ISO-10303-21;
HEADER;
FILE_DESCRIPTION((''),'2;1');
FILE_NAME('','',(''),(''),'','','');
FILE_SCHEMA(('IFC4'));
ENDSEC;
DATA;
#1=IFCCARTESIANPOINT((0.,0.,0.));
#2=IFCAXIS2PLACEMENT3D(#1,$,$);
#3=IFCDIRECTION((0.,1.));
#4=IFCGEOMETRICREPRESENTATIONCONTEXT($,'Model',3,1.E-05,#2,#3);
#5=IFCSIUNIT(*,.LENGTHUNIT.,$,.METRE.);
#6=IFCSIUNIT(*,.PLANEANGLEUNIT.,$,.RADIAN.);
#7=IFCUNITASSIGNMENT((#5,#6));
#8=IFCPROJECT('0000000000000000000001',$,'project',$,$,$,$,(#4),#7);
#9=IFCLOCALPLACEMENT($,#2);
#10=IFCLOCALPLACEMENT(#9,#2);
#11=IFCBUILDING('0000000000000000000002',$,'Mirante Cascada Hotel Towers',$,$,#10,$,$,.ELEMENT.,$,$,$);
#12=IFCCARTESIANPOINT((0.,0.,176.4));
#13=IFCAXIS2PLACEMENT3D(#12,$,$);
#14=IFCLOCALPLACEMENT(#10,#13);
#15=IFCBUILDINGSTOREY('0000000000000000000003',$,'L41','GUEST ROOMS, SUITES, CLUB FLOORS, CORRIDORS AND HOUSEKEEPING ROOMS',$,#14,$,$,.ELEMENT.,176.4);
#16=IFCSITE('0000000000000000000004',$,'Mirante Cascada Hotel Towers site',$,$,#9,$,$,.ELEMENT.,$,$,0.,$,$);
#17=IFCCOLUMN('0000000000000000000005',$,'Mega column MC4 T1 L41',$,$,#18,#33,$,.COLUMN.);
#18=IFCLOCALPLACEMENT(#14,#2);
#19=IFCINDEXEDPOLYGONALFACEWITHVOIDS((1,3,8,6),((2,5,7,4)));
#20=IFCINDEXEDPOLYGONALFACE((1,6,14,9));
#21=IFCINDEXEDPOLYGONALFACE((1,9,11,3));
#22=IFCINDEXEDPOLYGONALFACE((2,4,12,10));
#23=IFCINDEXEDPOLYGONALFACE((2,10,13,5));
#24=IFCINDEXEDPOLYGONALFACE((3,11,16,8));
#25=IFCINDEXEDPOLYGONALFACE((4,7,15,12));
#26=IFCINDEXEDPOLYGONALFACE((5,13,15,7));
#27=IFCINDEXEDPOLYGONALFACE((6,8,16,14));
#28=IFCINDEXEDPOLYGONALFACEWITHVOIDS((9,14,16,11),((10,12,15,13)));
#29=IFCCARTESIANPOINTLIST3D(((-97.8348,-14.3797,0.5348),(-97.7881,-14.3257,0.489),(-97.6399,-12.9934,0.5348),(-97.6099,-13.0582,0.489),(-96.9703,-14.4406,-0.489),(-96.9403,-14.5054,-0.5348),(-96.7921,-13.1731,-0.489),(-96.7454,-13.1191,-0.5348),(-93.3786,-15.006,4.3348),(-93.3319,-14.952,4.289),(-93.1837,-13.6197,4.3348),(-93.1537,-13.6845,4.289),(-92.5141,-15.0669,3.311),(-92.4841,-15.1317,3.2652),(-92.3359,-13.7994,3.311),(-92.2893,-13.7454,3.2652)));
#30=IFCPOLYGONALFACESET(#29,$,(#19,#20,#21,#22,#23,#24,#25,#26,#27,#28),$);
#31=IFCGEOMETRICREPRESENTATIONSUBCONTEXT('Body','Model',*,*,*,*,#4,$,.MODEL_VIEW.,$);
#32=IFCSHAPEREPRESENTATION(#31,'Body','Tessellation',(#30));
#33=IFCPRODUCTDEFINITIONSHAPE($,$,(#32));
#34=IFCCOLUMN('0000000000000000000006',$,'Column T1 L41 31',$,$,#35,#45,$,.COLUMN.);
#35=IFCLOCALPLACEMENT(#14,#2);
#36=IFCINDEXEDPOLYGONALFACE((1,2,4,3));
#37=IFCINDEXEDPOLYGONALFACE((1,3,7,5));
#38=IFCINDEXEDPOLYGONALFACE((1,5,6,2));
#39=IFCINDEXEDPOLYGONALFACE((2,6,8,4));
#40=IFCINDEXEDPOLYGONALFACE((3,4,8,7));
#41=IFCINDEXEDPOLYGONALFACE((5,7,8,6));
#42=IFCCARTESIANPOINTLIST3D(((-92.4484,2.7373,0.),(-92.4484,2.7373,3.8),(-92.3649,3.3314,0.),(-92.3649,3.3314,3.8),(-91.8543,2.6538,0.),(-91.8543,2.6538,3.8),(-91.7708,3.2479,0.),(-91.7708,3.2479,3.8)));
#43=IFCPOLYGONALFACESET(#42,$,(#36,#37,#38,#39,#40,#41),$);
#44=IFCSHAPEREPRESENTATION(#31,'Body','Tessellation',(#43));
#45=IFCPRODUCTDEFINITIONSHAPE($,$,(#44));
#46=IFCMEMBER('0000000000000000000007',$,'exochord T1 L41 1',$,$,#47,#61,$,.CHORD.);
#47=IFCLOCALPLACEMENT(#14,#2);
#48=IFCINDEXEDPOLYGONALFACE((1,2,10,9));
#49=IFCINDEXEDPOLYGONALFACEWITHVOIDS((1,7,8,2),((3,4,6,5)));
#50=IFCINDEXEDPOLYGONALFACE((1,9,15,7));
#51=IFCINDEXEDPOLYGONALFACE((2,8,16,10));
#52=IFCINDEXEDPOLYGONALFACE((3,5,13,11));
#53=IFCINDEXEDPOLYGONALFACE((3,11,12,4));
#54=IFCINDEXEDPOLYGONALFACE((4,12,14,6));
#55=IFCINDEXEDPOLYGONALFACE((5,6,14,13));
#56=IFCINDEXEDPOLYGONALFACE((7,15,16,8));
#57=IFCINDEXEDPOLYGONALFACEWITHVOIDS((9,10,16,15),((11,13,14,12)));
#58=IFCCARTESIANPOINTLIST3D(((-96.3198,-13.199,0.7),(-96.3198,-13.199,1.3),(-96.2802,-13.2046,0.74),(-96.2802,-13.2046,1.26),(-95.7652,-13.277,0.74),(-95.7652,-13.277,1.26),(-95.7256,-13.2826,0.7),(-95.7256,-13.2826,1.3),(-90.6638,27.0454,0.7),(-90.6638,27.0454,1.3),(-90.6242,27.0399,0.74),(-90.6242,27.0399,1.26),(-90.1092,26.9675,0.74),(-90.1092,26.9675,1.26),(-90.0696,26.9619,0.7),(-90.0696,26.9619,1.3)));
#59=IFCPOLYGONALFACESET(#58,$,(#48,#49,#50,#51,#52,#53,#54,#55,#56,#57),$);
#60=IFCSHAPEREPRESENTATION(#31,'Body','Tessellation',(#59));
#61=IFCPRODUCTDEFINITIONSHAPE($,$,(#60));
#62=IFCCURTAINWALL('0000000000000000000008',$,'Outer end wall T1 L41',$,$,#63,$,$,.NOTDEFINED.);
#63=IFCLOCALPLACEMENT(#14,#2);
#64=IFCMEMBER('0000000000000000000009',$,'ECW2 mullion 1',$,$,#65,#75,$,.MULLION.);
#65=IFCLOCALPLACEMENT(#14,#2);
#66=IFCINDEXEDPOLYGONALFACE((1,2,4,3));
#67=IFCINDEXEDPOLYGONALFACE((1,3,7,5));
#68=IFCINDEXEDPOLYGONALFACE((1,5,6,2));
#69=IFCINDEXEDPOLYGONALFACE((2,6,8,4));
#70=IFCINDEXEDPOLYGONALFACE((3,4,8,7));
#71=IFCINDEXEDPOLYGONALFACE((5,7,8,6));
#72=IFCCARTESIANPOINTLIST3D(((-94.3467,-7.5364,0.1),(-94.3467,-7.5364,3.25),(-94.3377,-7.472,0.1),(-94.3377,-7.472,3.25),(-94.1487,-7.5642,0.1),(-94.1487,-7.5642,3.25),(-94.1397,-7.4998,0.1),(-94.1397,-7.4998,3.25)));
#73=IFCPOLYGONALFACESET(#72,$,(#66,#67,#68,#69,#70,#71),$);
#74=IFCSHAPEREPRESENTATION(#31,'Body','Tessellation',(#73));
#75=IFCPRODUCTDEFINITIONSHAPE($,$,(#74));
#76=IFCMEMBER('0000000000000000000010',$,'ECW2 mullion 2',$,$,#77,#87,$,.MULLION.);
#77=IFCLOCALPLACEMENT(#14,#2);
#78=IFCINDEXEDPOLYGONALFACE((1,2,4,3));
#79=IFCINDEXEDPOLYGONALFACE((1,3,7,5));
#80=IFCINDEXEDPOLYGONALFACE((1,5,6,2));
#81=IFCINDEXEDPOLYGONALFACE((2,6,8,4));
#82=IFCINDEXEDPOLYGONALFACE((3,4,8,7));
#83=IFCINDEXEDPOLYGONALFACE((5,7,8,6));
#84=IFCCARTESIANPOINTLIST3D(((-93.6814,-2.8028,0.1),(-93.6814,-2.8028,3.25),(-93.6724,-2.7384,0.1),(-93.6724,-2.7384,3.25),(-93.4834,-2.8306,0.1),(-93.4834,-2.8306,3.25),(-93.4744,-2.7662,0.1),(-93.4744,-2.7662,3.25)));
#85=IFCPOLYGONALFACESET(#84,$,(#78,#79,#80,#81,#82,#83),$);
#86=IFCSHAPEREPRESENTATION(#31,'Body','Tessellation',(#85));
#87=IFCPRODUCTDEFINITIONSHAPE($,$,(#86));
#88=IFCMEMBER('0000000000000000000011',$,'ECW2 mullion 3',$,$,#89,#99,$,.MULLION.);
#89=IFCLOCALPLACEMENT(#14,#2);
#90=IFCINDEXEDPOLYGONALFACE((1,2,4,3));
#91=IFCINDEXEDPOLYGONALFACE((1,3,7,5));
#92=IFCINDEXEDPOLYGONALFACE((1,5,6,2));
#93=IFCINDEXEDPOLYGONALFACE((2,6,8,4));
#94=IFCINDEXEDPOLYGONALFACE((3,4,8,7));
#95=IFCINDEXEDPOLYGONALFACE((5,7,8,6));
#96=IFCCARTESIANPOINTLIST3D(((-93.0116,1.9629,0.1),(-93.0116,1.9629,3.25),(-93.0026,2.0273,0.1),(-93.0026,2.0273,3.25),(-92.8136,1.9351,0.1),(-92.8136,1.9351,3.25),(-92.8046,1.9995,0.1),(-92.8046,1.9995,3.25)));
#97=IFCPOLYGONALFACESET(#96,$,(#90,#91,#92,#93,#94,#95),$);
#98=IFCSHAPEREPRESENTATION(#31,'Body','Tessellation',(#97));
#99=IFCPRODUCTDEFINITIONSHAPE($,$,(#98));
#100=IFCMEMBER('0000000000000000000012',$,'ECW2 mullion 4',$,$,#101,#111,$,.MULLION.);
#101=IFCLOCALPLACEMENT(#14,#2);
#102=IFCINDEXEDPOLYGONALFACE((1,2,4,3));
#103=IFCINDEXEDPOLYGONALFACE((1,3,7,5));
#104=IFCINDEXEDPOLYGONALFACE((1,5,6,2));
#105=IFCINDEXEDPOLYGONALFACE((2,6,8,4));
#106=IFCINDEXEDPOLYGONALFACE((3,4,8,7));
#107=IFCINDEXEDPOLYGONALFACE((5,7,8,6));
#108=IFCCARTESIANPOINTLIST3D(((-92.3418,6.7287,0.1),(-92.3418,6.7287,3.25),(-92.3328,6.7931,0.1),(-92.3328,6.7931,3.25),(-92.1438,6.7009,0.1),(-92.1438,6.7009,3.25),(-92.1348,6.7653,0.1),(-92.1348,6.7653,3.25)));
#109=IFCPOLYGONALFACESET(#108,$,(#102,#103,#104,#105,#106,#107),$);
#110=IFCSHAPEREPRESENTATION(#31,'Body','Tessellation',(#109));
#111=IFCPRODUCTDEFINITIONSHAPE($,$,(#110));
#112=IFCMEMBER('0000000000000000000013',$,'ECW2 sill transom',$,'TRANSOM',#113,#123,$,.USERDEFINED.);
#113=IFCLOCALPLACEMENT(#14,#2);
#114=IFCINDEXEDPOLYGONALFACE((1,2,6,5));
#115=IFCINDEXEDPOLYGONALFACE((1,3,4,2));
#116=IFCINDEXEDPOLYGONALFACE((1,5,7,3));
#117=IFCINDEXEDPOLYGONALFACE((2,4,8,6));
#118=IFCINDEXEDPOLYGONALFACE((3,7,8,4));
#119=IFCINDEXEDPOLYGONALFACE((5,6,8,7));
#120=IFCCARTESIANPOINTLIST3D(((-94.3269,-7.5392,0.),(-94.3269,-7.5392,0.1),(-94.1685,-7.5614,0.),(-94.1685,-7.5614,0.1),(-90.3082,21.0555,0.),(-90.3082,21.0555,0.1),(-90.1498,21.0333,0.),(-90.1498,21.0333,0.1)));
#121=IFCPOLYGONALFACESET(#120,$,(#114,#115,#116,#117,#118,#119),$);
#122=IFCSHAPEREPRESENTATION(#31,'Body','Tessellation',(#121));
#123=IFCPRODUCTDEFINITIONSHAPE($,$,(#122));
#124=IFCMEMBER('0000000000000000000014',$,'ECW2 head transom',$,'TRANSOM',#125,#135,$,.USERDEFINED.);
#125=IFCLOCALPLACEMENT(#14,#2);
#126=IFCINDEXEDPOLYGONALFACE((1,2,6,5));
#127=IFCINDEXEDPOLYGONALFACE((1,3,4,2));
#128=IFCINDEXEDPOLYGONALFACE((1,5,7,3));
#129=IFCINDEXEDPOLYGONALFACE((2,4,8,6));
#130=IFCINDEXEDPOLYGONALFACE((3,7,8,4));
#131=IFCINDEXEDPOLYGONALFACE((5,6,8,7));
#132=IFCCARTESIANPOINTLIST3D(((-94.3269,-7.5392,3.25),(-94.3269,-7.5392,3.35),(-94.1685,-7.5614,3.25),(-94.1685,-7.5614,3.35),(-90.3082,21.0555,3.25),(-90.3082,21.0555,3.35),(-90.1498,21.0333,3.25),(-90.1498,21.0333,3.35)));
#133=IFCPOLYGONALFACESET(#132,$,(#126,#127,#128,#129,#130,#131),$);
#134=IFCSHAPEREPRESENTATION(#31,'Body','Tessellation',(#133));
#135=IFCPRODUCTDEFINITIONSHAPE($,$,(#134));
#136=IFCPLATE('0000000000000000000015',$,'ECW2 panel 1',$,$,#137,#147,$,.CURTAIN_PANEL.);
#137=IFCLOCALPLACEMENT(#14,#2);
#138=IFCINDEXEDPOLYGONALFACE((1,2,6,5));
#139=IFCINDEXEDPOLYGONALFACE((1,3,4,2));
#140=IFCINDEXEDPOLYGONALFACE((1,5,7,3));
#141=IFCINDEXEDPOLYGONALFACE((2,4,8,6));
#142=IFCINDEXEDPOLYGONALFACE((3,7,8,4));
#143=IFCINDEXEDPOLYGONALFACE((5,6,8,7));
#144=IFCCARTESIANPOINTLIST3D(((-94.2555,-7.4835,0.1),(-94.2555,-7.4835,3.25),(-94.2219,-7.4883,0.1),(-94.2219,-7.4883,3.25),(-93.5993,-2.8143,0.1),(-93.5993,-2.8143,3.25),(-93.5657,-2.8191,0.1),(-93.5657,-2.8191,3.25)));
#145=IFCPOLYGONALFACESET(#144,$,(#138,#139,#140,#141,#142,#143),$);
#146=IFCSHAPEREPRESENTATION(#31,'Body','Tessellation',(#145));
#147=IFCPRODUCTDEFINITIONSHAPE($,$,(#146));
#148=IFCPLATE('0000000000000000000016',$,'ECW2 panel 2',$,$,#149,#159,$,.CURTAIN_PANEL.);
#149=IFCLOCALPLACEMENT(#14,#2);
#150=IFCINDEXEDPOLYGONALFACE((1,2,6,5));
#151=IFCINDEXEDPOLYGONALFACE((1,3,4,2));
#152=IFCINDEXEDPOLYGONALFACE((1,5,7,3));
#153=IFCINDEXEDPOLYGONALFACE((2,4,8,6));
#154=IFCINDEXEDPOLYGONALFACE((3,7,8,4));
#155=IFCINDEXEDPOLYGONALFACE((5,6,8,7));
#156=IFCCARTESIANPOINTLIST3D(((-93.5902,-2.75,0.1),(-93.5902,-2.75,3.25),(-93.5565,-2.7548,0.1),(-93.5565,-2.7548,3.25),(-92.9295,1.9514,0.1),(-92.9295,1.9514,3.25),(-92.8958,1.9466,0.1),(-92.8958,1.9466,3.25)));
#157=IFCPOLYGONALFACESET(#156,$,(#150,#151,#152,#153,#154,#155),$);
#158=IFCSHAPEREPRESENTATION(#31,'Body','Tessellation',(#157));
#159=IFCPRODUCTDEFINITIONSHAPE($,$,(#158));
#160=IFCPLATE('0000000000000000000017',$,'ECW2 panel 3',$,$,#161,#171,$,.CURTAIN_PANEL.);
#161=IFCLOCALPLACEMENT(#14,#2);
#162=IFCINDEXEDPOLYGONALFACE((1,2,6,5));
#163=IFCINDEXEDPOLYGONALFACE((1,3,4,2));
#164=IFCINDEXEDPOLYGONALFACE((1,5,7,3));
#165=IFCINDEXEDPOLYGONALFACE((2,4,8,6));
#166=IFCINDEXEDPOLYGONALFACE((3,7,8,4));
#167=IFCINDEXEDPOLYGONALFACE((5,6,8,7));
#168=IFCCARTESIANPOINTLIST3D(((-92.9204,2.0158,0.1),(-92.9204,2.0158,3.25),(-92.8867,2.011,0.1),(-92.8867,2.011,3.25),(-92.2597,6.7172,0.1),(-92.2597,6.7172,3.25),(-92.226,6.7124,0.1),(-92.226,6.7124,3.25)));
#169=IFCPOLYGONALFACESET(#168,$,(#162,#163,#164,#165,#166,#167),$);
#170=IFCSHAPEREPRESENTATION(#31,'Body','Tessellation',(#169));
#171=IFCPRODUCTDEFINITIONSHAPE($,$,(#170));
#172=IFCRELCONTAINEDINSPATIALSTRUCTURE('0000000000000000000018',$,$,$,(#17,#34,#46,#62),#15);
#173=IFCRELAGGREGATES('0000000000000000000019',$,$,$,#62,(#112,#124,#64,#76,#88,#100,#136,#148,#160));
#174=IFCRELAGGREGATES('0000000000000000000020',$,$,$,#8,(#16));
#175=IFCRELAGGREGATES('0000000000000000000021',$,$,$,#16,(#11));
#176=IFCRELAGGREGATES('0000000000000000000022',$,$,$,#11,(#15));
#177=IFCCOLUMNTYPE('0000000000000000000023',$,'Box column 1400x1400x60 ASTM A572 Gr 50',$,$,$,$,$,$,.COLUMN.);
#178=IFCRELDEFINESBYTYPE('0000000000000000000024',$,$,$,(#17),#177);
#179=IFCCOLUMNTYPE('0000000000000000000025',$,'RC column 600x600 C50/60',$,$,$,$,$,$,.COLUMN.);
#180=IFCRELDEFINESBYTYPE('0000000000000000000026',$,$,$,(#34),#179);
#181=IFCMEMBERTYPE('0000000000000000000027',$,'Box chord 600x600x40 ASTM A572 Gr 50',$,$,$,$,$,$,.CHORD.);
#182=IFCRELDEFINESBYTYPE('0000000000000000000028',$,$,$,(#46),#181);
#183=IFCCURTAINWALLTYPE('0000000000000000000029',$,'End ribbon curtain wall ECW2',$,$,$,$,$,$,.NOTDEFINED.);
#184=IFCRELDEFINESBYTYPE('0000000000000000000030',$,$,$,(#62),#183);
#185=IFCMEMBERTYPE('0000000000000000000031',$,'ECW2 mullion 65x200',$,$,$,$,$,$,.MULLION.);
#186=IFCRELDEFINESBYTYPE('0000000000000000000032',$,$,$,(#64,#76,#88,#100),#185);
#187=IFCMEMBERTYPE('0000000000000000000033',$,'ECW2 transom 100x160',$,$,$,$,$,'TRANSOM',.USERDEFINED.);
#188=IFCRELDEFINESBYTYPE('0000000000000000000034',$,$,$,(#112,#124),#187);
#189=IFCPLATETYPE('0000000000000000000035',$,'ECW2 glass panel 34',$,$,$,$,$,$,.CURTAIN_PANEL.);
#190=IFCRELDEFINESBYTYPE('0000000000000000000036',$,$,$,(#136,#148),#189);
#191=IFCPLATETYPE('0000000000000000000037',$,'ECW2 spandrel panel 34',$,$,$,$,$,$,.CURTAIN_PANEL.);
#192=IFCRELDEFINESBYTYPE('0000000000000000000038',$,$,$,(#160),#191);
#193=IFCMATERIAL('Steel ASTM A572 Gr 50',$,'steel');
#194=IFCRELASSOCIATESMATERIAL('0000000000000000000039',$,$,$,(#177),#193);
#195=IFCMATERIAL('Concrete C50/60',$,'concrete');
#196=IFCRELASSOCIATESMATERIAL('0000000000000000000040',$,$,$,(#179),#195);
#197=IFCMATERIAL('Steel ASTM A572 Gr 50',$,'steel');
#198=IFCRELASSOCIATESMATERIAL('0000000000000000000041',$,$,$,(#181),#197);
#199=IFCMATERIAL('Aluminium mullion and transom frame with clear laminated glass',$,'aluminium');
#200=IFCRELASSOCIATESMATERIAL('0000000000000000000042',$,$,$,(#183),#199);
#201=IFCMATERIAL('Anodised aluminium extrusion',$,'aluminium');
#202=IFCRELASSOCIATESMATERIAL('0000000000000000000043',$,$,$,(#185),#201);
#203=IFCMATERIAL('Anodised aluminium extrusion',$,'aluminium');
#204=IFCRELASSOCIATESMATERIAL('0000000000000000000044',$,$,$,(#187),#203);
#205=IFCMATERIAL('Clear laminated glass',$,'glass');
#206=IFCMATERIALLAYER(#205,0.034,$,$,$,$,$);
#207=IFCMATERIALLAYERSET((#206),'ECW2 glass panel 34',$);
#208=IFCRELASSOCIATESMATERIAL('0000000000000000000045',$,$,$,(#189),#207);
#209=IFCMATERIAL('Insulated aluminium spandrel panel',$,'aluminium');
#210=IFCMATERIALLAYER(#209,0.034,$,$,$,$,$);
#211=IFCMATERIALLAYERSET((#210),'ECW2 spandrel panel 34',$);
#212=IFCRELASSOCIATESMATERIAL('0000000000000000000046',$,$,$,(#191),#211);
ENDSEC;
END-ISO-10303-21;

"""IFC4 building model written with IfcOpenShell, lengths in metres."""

from ifc_helpers import new_model, si_unit, direction, frame, origin, origin_2d, place, context, subcontext, project, spatial, rectangle, hollow_rectangle, extrude, material, layer, layer_set, material_profile, profile_set, type_object, element, aggregate, save


model = new_model("IFC4")

# Units and contexts
model_context = context("Model", 3, precision=1e-05, world=origin(), true_north=direction((0.0, 1.0)))
body_context = subcontext(model_context, "Body", "Model", "MODEL_VIEW")
ifc_project = project(units=[si_unit("LENGTHUNIT", "METRE"), si_unit("PLANEANGLEUNIT", "RADIAN")], contexts=[model_context])

# Site, building, storey
site_placement = place(None, origin())
site = spatial("IfcSite", under=ifc_project, at=site_placement, Name="Mirante Cascada Hotel Towers site", CompositionType="ELEMENT", RefElevation=0.0)
building_placement = place(site_placement, origin())
building = spatial("IfcBuilding", under=site, at=building_placement, Name="Mirante Cascada Hotel Towers", CompositionType="ELEMENT")
storey_placement = place(building_placement, frame((0.0, 0.0, 176.4)))
storey = spatial("IfcBuildingStorey", under=building, at=storey_placement, Name="L41", Description="GUEST ROOMS, SUITES, CLUB FLOORS, CORRIDORS AND HOUSEKEEPING ROOMS", CompositionType="ELEMENT", Elevation=176.4)

# Columns
ifc_material_1 = material(Name="Steel ASTM A572 Gr 50", Category="steel")
ifc_material_profile_1 = material_profile(ifc_material_1, hollow_rectangle(XDim=1.4, YDim=1.4, WallThickness=0.06, at=origin_2d()), Name="Box column 1400x1400x60 ASTM A572 Gr 50")
ifc_profile_set_1 = profile_set([ifc_material_profile_1], Name="Steel ASTM A572 Gr 50")
column_type_1 = type_object("IfcColumnType", Name="Box column 1400x1400x60 ASTM A572 Gr 50", PredefinedType="COLUMN", material=ifc_profile_set_1)
column_1_placement = place(storey_placement, frame((-97.2901, -13.7494, 0.0), z_axis=(0.756594, -0.106336, 0.645181), x_axis=(0.139178, 0.990267, 0.0)))
element("IfcColumn", 1, at=column_1_placement, inside=storey, type_object=column_type_1, Name="Mega column MC4 T1 L41", PredefinedType="COLUMN", context=body_context, shape_type="SweptSolid", body=[
    extrude(hollow_rectangle(XDim=1.4, YDim=1.4, WallThickness=0.06, at=origin_2d()), origin(), (0.0, 0.0, 1.0), 5.8898),
])
ifc_material_2 = material(Name="Concrete C50/60", Category="concrete")
ifc_material_profile_2 = material_profile(ifc_material_2, rectangle(XDim=0.6, YDim=0.6, at=origin_2d()), Name="RC column 600x600 C50/60")
ifc_profile_set_2 = profile_set([ifc_material_profile_2], Name="Concrete C50/60")
column_type_2 = type_object("IfcColumnType", Name="RC column 600x600 C50/60", PredefinedType="COLUMN", material=ifc_profile_set_2)
column_2_placement = place(storey_placement, frame((-92.1096, 2.9926, 0.0), z_axis=(0.0, 0.0, 1.0), x_axis=(-0.990268, 0.139173, 0.0)))
element("IfcColumn", 2, at=column_2_placement, inside=storey, type_object=column_type_2, Name="Column T1 L41 31", PredefinedType="COLUMN", context=body_context, shape_type="SweptSolid", body=[
    extrude(rectangle(XDim=0.6, YDim=0.6, at=origin_2d()), origin(), (0.0, 0.0, 1.0), 3.8),
])

# Member
ifc_material_3 = material(Name="Steel ASTM A572 Gr 50", Category="steel")
ifc_material_profile_3 = material_profile(ifc_material_3, hollow_rectangle(XDim=0.6, YDim=0.6, WallThickness=0.04, at=origin_2d()), Name="Box chord 600x600x40 ASTM A572 Gr 50")
ifc_profile_set_3 = profile_set([ifc_material_profile_3], Name="Steel ASTM A572 Gr 50")
member_type_1 = type_object("IfcMemberType", Name="Box chord 600x600x40 ASTM A572 Gr 50", PredefinedType="CHORD", material=ifc_profile_set_3)
member_1_placement = place(storey_placement, frame((-96.0227, -13.2408, 1.0), z_axis=(0.139173, 0.990268, 0.0), x_axis=(-0.990268, 0.139173, 0.0)))
element("IfcMember", 3, at=member_1_placement, inside=storey, type_object=member_type_1, Name="exochord T1 L41 1", PredefinedType="CHORD", context=body_context, shape_type="SweptSolid", body=[
    extrude(hollow_rectangle(XDim=0.6, YDim=0.6, WallThickness=0.04, at=origin_2d()), origin(), (0.0, 0.0, 1.0), 40.64),
])

# Curtain wall, members, plates
ifc_material_4 = material(Name="Aluminium mullion and transom frame with clear laminated glass", Category="aluminium")
curtain_wall_type = type_object("IfcCurtainWallType", Name="End ribbon curtain wall ECW2", PredefinedType="NOTDEFINED", material=ifc_material_4)
curtain_wall_placement = place(storey_placement, origin())
curtain_wall = element("IfcCurtainWall", 4, at=curtain_wall_placement, inside=storey, type_object=curtain_wall_type, Name="Outer end wall T1 L41", PredefinedType="NOTDEFINED")
ifc_material_5 = material(Name="Anodised aluminium extrusion", Category="aluminium")
ifc_material_profile_4 = material_profile(ifc_material_5, rectangle(XDim=0.2, YDim=0.065, at=origin_2d()), Name="ECW2 MULLION 65x200")
ifc_profile_set_4 = profile_set([ifc_material_profile_4], Name="Anodised aluminium extrusion")
member_type_2 = type_object("IfcMemberType", Name="ECW2 mullion 65x200", PredefinedType="MULLION", material=ifc_profile_set_4)
member_2_placement = place(storey_placement, frame((-94.2432, -7.5181, 0.1), z_axis=(0.0, 0.0, 1.0), x_axis=(-0.990268, 0.139173, 0.0)))
member_2 = element("IfcMember", 5, at=member_2_placement, type_object=member_type_2, Name="ECW2 mullion 1", PredefinedType="MULLION", context=body_context, shape_type="SweptSolid", body=[
    extrude(rectangle(XDim=0.2, YDim=0.065, at=origin_2d()), origin(), (0.0, 0.0, 1.0), 3.15),
])
member_3_placement = place(storey_placement, frame((-93.5779, -2.7845, 0.1), z_axis=(0.0, 0.0, 1.0), x_axis=(-0.990268, 0.139173, 0.0)))
member_3 = element("IfcMember", 6, at=member_3_placement, type_object=member_type_2, Name="ECW2 mullion 2", PredefinedType="MULLION", context=body_context, shape_type="SweptSolid", body=[
    extrude(rectangle(XDim=0.2, YDim=0.065, at=origin_2d()), origin(), (0.0, 0.0, 1.0), 3.15),
])
member_4_placement = place(storey_placement, frame((-92.9081, 1.9812, 0.1), z_axis=(0.0, 0.0, 1.0), x_axis=(-0.990268, 0.139173, 0.0)))
member_4 = element("IfcMember", 7, at=member_4_placement, type_object=member_type_2, Name="ECW2 mullion 3", PredefinedType="MULLION", context=body_context, shape_type="SweptSolid", body=[
    extrude(rectangle(XDim=0.2, YDim=0.065, at=origin_2d()), origin(), (0.0, 0.0, 1.0), 3.15),
])
member_5_placement = place(storey_placement, frame((-92.2383, 6.747, 0.1), z_axis=(0.0, 0.0, 1.0), x_axis=(-0.990268, 0.139173, 0.0)))
member_5 = element("IfcMember", 8, at=member_5_placement, type_object=member_type_2, Name="ECW2 mullion 4", PredefinedType="MULLION", context=body_context, shape_type="SweptSolid", body=[
    extrude(rectangle(XDim=0.2, YDim=0.065, at=origin_2d()), origin(), (0.0, 0.0, 1.0), 3.15),
])
ifc_material_6 = material(Name="Anodised aluminium extrusion", Category="aluminium")
ifc_material_profile_5 = material_profile(ifc_material_6, rectangle(XDim=0.16, YDim=0.1, at=origin_2d()), Name="ECW2 TRANSOM 100x160")
ifc_profile_set_5 = profile_set([ifc_material_profile_5], Name="Anodised aluminium extrusion")
member_type_3 = type_object("IfcMemberType", Name="ECW2 transom 100x160", ElementType="TRANSOM", PredefinedType="USERDEFINED", material=ifc_profile_set_5)
member_6_placement = place(storey_placement, frame((-94.2477, -7.5503, 0.05), z_axis=(0.139172, 0.990268, 0.0), x_axis=(-0.990268, 0.139172, 0.0)))
member_6 = element("IfcMember", 9, at=member_6_placement, type_object=member_type_3, Name="ECW2 sill transom", ObjectType="TRANSOM", PredefinedType="USERDEFINED", context=body_context, shape_type="SweptSolid", body=[
    extrude(rectangle(XDim=0.16, YDim=0.1, at=origin_2d()), origin(), (0.0, 0.0, 1.0), 28.8757),
])
member_7_placement = place(storey_placement, frame((-94.2477, -7.5503, 3.3), z_axis=(0.139172, 0.990268, 0.0), x_axis=(-0.990268, 0.139172, 0.0)))
member_7 = element("IfcMember", 10, at=member_7_placement, type_object=member_type_3, Name="ECW2 head transom", ObjectType="TRANSOM", PredefinedType="USERDEFINED", context=body_context, shape_type="SweptSolid", body=[
    extrude(rectangle(XDim=0.16, YDim=0.1, at=origin_2d()), origin(), (0.0, 0.0, 1.0), 28.8757),
])
ifc_material_7 = material(Name="Clear laminated glass", Category="glass")
ifc_layer_1 = layer(ifc_material_7, 0.034)
ifc_layer_set_1 = layer_set([ifc_layer_1], Name="ECW2 glass panel 34")
plate_type_1 = type_object("IfcPlateType", Name="ECW2 glass panel 34", PredefinedType="CURTAIN_PANEL", material=ifc_layer_set_1)
plate_1_placement = place(storey_placement, frame((-93.9106, -5.1513, 0.1), z_axis=(0.0, 0.0, 1.0), x_axis=(0.139173, 0.990268, 0.0)))
plate_1 = element("IfcPlate", 11, at=plate_1_placement, type_object=plate_type_1, Name="ECW2 panel 1", PredefinedType="CURTAIN_PANEL", context=body_context, shape_type="SweptSolid", body=[
    extrude(rectangle(XDim=4.7151, YDim=0.034, at=origin_2d()), origin(), (0.0, 0.0, 1.0), 3.15),
])
plate_2_placement = place(storey_placement, frame((-93.243, -0.4017, 0.1), z_axis=(0.0, 0.0, 1.0), x_axis=(0.139173, 0.990268, 0.0)))
plate_2 = element("IfcPlate", 12, at=plate_2_placement, type_object=plate_type_1, Name="ECW2 panel 2", PredefinedType="CURTAIN_PANEL", context=body_context, shape_type="SweptSolid", body=[
    extrude(rectangle(XDim=4.7476, YDim=0.034, at=origin_2d()), origin(), (0.0, 0.0, 1.0), 3.15),
])
ifc_material_8 = material(Name="Insulated aluminium spandrel panel", Category="aluminium")
ifc_layer_2 = layer(ifc_material_8, 0.034)
ifc_layer_set_2 = layer_set([ifc_layer_2], Name="ECW2 spandrel panel 34")
plate_type_2 = type_object("IfcPlateType", Name="ECW2 spandrel panel 34", PredefinedType="CURTAIN_PANEL", material=ifc_layer_set_2)
plate_3_placement = place(storey_placement, frame((-92.5732, 4.3641, 0.1), z_axis=(0.0, 0.0, 1.0), x_axis=(0.139173, 0.990268, 0.0)))
plate_3 = element("IfcPlate", 13, at=plate_3_placement, type_object=plate_type_2, Name="ECW2 panel 3", PredefinedType="CURTAIN_PANEL", context=body_context, shape_type="SweptSolid", body=[
    extrude(rectangle(XDim=4.7476, YDim=0.034, at=origin_2d()), origin(), (0.0, 0.0, 1.0), 3.15),
])
aggregate(curtain_wall, [member_6, member_7, member_2, member_3, member_4, member_5, plate_1, plate_2, plate_3])

save(model, "model.ifc")
